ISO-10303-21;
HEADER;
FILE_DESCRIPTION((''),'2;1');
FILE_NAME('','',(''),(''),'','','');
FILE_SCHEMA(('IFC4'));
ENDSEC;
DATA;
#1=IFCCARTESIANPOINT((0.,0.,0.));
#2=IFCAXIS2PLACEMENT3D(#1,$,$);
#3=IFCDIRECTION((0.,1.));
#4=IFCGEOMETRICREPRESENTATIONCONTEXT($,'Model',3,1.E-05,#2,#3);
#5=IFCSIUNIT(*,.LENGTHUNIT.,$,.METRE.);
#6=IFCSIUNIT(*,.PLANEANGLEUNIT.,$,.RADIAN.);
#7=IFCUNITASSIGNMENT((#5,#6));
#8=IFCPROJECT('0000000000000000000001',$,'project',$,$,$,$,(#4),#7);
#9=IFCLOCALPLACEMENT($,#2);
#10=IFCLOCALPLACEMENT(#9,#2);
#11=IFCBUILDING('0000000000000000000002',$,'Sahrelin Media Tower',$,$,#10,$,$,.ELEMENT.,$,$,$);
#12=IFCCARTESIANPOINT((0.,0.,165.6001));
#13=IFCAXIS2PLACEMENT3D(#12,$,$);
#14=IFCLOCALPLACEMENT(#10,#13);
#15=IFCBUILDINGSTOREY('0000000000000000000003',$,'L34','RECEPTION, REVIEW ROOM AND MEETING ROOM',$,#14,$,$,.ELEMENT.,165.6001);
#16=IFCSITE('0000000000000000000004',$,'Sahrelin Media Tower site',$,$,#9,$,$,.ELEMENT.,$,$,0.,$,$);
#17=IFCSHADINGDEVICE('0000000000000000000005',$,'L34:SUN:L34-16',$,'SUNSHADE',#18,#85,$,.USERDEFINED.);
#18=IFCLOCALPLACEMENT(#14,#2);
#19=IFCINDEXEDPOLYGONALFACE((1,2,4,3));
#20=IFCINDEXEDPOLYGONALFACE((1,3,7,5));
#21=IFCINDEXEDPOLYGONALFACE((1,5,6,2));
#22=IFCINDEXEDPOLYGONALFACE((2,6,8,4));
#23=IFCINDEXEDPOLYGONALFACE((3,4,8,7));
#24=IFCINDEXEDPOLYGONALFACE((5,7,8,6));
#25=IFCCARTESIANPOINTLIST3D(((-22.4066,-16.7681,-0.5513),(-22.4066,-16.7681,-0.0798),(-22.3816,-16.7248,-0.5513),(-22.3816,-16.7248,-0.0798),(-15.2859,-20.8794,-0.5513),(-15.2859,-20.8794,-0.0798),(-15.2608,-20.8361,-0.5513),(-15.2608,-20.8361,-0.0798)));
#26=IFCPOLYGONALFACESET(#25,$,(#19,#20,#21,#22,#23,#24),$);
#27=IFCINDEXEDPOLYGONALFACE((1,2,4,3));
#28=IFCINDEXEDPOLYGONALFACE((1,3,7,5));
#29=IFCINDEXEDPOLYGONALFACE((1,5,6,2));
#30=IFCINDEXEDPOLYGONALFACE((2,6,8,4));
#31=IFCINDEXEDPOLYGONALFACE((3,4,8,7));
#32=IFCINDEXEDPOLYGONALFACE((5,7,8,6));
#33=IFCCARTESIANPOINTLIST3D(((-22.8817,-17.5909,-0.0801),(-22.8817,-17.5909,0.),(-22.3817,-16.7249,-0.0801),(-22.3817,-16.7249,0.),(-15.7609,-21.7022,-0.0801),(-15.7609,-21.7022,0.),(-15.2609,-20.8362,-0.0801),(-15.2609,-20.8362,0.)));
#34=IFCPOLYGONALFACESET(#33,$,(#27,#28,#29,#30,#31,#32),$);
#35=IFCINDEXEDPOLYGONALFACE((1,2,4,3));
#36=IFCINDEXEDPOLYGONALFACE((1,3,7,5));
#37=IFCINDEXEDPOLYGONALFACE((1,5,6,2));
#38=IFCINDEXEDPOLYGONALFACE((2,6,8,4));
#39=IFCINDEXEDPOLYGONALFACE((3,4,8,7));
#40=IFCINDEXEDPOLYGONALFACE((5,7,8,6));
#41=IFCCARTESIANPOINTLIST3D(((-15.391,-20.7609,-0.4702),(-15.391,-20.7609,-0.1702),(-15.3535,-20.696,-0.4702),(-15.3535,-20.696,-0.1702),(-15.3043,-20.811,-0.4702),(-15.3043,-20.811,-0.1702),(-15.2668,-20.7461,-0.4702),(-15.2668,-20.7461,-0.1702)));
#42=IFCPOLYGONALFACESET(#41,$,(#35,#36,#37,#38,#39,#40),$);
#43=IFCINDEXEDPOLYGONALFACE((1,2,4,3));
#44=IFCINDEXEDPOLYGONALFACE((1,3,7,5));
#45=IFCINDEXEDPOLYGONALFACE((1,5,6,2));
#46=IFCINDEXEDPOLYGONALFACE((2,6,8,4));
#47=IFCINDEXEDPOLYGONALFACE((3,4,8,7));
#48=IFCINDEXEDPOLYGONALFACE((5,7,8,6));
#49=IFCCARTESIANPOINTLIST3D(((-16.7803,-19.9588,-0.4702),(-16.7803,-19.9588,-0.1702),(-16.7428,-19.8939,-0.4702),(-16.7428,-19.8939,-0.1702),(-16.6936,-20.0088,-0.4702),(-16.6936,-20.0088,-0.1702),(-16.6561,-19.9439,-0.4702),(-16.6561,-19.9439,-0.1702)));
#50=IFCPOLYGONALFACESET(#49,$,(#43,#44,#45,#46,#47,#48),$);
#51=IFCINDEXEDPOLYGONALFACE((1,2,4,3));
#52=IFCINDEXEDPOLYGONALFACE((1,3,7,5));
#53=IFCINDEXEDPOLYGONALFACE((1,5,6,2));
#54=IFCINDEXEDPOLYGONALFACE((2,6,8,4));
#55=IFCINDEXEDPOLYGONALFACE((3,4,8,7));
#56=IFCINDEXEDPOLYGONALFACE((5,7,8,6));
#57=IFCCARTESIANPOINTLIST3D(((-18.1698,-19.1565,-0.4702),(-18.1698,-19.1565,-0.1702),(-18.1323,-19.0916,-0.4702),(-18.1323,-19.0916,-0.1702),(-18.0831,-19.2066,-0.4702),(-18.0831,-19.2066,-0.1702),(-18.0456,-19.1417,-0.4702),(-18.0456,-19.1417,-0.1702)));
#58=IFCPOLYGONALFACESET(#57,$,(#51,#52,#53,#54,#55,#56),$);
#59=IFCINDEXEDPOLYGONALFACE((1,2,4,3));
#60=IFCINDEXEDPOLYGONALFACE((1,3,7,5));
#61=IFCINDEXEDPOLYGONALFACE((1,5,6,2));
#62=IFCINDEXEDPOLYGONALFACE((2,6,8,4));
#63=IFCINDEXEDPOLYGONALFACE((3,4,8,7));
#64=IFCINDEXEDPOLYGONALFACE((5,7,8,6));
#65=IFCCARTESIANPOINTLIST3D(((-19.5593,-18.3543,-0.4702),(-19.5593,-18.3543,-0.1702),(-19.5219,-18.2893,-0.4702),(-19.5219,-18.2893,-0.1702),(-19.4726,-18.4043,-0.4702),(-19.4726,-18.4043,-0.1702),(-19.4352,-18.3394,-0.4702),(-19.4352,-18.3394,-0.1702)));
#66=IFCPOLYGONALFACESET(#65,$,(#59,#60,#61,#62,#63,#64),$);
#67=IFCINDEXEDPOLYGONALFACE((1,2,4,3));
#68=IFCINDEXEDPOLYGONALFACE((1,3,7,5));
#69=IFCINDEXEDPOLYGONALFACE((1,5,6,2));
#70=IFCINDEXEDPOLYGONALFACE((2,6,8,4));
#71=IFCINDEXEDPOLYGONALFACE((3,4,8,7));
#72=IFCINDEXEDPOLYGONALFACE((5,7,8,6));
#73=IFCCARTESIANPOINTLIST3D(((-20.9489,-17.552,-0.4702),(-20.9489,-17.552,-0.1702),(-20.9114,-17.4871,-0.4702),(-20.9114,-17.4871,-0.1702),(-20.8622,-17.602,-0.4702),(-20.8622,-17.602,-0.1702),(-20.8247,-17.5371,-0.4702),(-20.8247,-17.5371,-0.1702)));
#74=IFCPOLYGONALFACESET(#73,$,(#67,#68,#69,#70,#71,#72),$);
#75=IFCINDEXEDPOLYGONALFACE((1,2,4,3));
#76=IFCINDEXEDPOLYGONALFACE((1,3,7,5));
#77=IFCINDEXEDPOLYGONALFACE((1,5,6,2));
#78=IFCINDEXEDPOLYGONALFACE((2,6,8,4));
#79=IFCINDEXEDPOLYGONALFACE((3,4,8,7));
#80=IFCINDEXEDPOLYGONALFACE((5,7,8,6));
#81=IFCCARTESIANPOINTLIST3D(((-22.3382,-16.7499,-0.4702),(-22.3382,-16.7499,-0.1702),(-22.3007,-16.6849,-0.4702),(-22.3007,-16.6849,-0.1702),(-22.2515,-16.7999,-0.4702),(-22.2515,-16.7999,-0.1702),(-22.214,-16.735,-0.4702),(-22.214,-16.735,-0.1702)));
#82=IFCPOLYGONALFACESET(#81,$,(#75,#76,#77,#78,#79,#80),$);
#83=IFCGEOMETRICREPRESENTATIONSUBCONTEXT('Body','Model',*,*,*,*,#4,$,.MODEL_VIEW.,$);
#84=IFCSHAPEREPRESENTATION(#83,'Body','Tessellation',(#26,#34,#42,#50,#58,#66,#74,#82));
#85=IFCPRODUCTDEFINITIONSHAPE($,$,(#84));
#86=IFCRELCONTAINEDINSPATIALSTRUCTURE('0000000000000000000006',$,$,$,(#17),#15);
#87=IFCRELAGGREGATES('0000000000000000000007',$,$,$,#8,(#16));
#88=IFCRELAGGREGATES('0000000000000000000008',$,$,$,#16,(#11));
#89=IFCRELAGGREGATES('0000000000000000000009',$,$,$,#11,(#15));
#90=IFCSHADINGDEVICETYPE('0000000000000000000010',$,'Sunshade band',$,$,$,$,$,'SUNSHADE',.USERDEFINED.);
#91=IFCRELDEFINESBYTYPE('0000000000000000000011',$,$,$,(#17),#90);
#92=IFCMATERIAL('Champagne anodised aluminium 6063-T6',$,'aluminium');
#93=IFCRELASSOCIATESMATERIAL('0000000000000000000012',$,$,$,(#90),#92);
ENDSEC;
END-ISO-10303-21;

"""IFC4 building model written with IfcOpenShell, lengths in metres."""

from ifc_helpers import new_model, si_unit, direction, frame, origin, origin_2d, place, context, subcontext, project, spatial, rectangle, extrude, material, type_object, element, save


model = new_model("IFC4")

# Units and contexts
model_context = context("Model", 3, precision=1e-05, world=origin(), true_north=direction((0.0, 1.0)))
body_context = subcontext(model_context, "Body", "Model", "MODEL_VIEW")
ifc_project = project(units=[si_unit("LENGTHUNIT", "METRE"), si_unit("PLANEANGLEUNIT", "RADIAN")], contexts=[model_context])

# Site, building, storey
site_placement = place(None, origin())
site = spatial("IfcSite", under=ifc_project, at=site_placement, Name="Sahrelin Media Tower site", CompositionType="ELEMENT", RefElevation=0.0)
building_placement = place(site_placement, origin())
building = spatial("IfcBuilding", under=site, at=building_placement, Name="Sahrelin Media Tower", CompositionType="ELEMENT")
storey_placement = place(building_placement, frame((0.0, 0.0, 165.6001)))
storey = spatial("IfcBuildingStorey", under=building, at=storey_placement, Name="L34", Description="RECEPTION, REVIEW ROOM AND MEETING ROOM", CompositionType="ELEMENT", Elevation=165.6001)

# Shared definitions
ifc_material_1 = material(Name="Champagne anodised aluminium 6063-T6", Category="aluminium")

# Shading device
shading_device_type_1 = type_object("IfcShadingDeviceType", Name="Sunshade band", ElementType="SUNSHADE", PredefinedType="USERDEFINED", material=ifc_material_1)
shading_device_1_placement = place(storey_placement, frame((-18.8113, -18.7632, 0.0), z_axis=(0.0, 0.0, 1.0), x_axis=(-0.866019, 0.500011, 0.0)))
element("IfcShadingDevice", 1, at=shading_device_1_placement, inside=storey, type_object=shading_device_type_1, Name="L34:SUN:L34-16", ObjectType="SUNSHADE", PredefinedType="USERDEFINED", context=body_context, shape_type="SweptSolid", body=[
    extrude(rectangle(XDim=8.2224, YDim=0.05, at=origin_2d()), frame((0.0, 0.0449, -0.5513)), (0.0, 0.0, 1.0), 0.4714),
    extrude(rectangle(XDim=8.2224, YDim=1.0, at=origin_2d()), frame((0.0, 0.52, -0.0801)), (0.0, 0.0, 1.0), 0.0801),
    extrude(rectangle(XDim=0.1001, YDim=0.075, at=origin_2d()), frame((-4.011, -0.0176, -0.4702)), (0.0, 0.0, 1.0), 0.3),
    extrude(rectangle(XDim=0.1001, YDim=0.075, at=origin_2d()), frame((-2.4067, -0.0176, -0.4702)), (0.0, 0.0, 1.0), 0.3),
    extrude(rectangle(XDim=0.1001, YDim=0.075, at=origin_2d()), frame((-0.8022, -0.0176, -0.4702)), (0.0, 0.0, 1.0), 0.3),
    extrude(rectangle(XDim=0.1001, YDim=0.075, at=origin_2d()), frame((0.8022, -0.0176, -0.4702)), (0.0, 0.0, 1.0), 0.3),
    extrude(rectangle(XDim=0.1001, YDim=0.075, at=origin_2d()), frame((2.4067, -0.0176, -0.4702)), (0.0, 0.0, 1.0), 0.3),
    extrude(rectangle(XDim=0.1001, YDim=0.075, at=origin_2d()), frame((4.011, -0.0176, -0.4702)), (0.0, 0.0, 1.0), 0.3),
])

save(model, "model.ifc")
